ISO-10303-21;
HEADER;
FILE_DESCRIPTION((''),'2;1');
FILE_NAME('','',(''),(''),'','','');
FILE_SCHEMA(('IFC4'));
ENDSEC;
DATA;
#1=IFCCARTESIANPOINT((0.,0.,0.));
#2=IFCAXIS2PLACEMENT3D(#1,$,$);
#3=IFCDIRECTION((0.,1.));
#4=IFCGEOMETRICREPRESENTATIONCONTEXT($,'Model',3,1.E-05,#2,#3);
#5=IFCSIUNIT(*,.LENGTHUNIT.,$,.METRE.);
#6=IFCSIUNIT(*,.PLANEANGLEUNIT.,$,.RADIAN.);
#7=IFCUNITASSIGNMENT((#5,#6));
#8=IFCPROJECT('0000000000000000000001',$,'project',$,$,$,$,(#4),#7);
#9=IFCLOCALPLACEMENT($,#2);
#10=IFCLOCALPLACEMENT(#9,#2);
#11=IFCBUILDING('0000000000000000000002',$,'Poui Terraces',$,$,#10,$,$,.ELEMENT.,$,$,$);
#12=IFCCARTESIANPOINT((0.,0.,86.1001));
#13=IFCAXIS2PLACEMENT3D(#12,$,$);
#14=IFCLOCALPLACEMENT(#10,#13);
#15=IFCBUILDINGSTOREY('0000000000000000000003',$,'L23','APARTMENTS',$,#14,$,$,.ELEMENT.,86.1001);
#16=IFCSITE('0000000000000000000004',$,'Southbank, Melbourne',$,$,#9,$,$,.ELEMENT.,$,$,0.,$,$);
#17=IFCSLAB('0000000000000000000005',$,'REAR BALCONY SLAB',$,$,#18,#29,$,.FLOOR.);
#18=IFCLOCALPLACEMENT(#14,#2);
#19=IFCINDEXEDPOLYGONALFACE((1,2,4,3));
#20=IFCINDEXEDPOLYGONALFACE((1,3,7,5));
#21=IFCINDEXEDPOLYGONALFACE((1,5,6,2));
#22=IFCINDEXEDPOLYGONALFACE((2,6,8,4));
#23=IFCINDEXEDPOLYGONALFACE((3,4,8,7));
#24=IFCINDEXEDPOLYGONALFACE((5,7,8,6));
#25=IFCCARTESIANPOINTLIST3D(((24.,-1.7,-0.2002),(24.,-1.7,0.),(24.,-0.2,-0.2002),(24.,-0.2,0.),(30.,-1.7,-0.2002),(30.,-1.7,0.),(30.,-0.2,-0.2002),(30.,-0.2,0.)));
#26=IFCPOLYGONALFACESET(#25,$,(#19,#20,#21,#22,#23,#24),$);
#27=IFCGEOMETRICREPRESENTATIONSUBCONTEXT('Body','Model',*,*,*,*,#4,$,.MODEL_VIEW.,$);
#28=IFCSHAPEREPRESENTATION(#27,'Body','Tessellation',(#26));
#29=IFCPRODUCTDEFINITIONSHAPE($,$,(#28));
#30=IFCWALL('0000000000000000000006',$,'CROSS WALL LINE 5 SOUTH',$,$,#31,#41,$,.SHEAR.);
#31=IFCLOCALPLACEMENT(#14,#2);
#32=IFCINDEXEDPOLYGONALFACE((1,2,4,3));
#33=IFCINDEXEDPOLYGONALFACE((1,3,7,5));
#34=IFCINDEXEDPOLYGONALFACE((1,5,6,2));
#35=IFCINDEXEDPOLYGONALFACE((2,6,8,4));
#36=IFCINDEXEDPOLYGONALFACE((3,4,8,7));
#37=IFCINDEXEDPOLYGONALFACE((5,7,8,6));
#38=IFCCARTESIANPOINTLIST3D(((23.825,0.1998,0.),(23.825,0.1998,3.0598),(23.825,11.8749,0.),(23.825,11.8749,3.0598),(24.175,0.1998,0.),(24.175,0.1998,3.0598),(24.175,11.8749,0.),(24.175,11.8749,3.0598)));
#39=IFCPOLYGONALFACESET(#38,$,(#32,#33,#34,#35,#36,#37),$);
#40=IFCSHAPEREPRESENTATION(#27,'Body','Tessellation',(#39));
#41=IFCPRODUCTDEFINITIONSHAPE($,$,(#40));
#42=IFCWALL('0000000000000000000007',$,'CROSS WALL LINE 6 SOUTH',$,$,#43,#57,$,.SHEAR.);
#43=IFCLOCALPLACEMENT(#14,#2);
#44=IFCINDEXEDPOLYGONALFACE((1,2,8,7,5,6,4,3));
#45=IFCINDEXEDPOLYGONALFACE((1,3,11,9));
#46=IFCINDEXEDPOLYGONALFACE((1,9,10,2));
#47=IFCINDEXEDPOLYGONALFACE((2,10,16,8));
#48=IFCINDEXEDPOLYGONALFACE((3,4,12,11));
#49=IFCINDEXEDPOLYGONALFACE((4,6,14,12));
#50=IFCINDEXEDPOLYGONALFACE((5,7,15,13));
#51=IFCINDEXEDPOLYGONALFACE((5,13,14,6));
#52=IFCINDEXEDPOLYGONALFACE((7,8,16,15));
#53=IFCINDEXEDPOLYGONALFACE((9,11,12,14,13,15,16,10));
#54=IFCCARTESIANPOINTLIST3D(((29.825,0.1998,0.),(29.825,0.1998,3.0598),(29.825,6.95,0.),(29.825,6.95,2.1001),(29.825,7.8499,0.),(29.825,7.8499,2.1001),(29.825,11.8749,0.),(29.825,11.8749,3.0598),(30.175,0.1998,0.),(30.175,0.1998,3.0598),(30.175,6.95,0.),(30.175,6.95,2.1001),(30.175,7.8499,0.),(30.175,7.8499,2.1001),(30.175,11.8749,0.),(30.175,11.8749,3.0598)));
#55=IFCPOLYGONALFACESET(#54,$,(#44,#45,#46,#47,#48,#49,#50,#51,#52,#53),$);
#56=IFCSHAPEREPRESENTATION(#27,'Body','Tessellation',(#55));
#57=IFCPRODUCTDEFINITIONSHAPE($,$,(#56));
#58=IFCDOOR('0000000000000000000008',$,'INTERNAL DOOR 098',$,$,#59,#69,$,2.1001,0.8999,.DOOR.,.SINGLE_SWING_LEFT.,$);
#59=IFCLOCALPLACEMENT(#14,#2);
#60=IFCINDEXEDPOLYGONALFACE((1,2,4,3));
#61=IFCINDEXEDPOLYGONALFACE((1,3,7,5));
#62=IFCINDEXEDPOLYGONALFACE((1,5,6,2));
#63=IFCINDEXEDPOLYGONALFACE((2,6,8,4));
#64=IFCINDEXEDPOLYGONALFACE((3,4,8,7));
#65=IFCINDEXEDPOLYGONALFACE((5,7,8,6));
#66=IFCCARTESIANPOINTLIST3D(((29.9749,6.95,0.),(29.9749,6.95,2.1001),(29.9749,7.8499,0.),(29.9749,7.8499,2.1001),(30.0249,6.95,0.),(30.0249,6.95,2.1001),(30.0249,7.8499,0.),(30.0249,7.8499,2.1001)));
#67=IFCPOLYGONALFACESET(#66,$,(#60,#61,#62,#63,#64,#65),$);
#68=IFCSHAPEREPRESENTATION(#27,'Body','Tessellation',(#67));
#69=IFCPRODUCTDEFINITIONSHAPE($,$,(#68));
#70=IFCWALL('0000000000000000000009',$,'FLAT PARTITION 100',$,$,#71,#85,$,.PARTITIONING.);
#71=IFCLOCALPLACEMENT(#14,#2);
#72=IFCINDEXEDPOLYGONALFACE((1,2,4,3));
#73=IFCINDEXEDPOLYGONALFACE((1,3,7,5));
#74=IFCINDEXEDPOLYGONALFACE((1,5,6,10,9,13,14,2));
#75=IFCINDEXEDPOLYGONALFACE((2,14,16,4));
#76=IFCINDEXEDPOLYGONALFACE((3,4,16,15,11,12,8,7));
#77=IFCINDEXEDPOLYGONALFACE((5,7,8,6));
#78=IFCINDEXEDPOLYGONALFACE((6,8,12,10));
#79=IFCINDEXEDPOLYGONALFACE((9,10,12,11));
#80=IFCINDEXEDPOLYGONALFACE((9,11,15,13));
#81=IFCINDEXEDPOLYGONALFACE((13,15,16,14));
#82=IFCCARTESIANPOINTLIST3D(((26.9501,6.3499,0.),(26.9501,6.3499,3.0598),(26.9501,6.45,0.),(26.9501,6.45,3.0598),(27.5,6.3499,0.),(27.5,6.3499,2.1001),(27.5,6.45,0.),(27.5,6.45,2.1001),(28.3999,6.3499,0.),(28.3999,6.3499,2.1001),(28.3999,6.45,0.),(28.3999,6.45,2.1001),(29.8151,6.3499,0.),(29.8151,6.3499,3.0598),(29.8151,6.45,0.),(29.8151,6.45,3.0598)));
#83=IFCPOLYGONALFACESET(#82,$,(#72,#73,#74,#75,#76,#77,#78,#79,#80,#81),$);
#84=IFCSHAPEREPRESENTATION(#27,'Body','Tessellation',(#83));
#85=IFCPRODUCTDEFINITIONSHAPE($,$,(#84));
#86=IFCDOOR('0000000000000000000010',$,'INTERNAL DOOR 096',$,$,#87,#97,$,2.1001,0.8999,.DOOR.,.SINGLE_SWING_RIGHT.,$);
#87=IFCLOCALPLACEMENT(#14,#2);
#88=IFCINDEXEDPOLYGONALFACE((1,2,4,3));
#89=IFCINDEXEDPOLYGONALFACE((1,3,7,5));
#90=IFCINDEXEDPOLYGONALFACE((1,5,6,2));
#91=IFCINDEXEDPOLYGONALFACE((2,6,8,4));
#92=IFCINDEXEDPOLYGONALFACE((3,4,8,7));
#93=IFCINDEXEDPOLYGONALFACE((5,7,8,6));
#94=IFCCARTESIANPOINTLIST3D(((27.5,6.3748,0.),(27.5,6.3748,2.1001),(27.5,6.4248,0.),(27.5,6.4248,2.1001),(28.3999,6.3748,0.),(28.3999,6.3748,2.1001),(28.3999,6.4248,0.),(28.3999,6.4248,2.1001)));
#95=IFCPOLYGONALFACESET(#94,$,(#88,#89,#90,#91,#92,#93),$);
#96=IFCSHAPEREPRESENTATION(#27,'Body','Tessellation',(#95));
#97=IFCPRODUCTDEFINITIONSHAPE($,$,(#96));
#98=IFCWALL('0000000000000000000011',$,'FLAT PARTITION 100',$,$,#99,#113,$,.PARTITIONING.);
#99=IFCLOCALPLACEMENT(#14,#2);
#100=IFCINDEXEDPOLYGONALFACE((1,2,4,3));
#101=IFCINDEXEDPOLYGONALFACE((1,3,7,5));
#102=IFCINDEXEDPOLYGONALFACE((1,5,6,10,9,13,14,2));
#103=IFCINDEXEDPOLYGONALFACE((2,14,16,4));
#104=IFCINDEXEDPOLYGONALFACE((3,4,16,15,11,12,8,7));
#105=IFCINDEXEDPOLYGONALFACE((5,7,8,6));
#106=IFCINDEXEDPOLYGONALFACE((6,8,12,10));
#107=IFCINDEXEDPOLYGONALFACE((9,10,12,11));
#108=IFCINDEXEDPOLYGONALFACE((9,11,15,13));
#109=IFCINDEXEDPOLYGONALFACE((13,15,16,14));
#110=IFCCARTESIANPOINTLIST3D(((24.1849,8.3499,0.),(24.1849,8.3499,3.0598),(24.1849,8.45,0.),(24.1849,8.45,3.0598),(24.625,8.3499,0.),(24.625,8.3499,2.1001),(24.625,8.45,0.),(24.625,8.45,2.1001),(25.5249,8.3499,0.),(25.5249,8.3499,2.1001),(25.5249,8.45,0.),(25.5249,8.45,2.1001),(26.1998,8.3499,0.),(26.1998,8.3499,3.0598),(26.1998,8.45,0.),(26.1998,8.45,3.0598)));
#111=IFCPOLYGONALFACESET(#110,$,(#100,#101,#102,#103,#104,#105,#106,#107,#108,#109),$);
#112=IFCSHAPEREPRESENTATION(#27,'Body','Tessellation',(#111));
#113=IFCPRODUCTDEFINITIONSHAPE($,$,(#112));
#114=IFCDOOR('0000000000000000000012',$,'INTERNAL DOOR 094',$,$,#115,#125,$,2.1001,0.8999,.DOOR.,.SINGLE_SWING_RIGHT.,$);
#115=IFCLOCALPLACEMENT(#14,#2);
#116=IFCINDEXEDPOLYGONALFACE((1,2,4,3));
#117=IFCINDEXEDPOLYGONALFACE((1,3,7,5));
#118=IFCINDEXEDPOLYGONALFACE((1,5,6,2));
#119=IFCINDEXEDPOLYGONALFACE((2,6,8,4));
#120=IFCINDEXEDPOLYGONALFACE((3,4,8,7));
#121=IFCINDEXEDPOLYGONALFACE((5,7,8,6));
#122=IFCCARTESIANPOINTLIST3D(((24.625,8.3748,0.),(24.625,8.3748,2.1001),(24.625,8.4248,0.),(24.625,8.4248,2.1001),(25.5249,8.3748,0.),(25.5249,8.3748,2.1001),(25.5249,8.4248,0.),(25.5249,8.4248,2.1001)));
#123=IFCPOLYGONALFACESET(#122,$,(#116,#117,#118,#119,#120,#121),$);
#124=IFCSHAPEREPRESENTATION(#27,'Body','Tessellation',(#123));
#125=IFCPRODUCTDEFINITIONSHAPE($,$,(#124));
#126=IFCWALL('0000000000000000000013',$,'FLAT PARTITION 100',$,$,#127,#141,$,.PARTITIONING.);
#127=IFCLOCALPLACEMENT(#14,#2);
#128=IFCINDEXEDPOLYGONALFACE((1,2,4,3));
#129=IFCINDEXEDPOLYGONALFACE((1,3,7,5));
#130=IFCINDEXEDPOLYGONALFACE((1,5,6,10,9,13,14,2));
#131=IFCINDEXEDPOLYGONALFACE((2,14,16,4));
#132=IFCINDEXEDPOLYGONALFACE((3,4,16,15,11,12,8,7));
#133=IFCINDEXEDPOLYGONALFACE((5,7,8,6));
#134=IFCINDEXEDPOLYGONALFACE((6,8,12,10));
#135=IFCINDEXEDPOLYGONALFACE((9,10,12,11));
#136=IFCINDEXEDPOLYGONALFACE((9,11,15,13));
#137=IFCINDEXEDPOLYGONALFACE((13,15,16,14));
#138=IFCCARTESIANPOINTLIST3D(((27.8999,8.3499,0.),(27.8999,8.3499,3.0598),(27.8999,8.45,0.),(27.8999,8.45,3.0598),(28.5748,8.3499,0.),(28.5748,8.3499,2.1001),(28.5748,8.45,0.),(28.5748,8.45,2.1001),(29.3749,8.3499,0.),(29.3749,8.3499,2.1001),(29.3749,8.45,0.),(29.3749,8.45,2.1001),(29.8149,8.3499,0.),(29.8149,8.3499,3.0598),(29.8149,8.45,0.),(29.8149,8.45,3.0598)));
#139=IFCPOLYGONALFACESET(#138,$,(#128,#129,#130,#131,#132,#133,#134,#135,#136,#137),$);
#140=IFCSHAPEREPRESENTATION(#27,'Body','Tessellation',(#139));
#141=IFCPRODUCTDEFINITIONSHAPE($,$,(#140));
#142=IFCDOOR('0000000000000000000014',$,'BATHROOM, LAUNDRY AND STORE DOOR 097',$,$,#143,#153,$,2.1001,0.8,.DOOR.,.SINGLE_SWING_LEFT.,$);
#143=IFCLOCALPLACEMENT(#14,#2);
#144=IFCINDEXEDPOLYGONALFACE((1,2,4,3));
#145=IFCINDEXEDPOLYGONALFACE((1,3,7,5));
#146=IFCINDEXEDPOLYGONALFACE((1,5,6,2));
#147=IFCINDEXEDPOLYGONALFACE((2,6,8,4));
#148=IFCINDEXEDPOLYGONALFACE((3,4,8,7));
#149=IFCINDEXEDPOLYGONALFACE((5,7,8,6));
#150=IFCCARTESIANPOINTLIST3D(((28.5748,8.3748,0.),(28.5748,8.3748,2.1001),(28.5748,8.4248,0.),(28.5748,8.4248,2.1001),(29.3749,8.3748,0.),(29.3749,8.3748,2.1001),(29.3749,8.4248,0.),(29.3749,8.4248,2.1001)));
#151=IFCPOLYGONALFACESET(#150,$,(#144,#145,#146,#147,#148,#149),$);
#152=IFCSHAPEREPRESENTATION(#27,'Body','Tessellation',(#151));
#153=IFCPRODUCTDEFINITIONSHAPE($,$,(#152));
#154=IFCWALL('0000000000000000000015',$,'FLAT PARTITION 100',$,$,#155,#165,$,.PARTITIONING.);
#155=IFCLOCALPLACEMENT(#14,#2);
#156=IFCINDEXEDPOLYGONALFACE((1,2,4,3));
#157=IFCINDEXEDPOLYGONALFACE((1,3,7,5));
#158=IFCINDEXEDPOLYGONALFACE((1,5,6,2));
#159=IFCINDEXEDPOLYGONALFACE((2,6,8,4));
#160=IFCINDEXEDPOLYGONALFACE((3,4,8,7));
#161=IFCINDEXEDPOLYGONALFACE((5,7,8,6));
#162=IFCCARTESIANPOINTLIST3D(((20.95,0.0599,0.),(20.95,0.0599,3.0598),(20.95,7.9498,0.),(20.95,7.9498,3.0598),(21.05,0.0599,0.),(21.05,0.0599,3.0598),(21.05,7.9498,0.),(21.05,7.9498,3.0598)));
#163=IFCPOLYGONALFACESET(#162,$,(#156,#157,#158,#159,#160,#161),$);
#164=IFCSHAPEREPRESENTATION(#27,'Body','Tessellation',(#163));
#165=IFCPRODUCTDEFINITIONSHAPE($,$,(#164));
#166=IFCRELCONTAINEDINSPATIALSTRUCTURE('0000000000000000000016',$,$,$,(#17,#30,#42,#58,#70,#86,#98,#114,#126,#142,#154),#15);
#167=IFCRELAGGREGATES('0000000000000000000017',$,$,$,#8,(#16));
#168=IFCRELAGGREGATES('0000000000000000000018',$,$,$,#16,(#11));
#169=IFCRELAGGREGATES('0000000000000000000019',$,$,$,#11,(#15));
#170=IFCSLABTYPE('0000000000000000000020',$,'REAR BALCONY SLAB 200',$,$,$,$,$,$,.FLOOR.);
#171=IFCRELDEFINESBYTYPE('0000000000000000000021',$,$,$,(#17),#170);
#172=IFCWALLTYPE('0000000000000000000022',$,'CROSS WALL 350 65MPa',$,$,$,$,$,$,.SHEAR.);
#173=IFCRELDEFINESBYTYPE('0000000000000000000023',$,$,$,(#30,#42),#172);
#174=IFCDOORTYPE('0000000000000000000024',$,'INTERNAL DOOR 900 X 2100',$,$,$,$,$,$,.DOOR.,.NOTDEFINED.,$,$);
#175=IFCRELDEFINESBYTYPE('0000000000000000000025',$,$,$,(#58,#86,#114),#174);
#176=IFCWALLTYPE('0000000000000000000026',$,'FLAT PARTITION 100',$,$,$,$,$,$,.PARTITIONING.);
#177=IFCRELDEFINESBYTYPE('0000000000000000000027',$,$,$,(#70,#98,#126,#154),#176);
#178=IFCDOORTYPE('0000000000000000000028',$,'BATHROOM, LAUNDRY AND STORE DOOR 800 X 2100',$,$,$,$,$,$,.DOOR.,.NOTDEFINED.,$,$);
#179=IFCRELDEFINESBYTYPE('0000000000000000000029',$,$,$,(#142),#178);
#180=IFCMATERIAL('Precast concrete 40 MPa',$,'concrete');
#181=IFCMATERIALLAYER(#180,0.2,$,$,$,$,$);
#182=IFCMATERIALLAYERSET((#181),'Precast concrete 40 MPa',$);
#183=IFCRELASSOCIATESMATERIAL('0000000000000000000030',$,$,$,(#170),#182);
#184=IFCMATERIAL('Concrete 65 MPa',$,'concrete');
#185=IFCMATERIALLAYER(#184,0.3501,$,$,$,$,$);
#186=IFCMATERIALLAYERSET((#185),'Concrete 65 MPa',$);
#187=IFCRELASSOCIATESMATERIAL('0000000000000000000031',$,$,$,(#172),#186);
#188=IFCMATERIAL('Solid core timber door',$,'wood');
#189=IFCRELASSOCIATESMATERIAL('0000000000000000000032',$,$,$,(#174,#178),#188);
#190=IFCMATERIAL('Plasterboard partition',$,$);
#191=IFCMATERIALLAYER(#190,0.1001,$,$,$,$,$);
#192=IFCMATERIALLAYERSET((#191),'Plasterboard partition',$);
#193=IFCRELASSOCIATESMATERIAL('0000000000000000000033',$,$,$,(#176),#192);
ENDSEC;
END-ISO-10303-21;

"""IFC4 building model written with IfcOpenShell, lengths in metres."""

from ifc_helpers import new_model, si_unit, direction, frame, frame_2d, origin, place, context, subcontext, project, spatial, polyline, rectangle, outline, extrude, source, transform, mapped, material, layer, layer_set, type_object, element, fill, save


model = new_model("IFC4")

# Units and contexts
model_context = context("Model", 3, precision=1e-05, world=origin(), true_north=direction((0.0, 1.0)))
body_context = subcontext(model_context, "Body", "Model", "MODEL_VIEW")
ifc_project = project(units=[si_unit("LENGTHUNIT", "METRE"), si_unit("PLANEANGLEUNIT", "RADIAN")], contexts=[model_context])

# Site, building, storey
site_placement = place(None, origin())
site = spatial("IfcSite", under=ifc_project, at=site_placement, Name="Southbank, Melbourne", CompositionType="ELEMENT", RefElevation=0.0)
building_placement = place(site_placement, origin())
building = spatial("IfcBuilding", under=site, at=building_placement, Name="Poui Terraces", CompositionType="ELEMENT")
storey_placement = place(building_placement, frame((0.0, 0.0, 86.1001)))
storey = spatial("IfcBuildingStorey", under=building, at=storey_placement, Name="L23", Description="APARTMENTS", CompositionType="ELEMENT", Elevation=86.1001)

# Slab
ifc_material_1 = material(Name="Precast concrete 40 MPa", Category="concrete")
ifc_layer_1 = layer(ifc_material_1, 0.2)
ifc_layer_set_1 = layer_set([ifc_layer_1], Name="Precast concrete 40 MPa")
slab_type = type_object("IfcSlabType", Name="REAR BALCONY SLAB 200", PredefinedType="FLOOR", material=ifc_layer_set_1)
shared_shape_1 = source(origin(), body_context, "Body", "SweptSolid", [
    extrude(outline(polyline([(0.0, 0.0), (6.0, 0.0), (6.0, 1.5), (0.0, 1.5), (0.0, 0.0)])), origin(), (0.0, 0.0, 1.0), 0.2002),
])
slab_placement = place(storey_placement, frame((24.0, -1.7, -0.2002)))
element("IfcSlab", 1, at=slab_placement, inside=storey, type_object=slab_type, Name="REAR BALCONY SLAB", PredefinedType="FLOOR", context=body_context, shape_type="MappedRepresentation", body=[
    mapped(shared_shape_1, transform((0.0, 0.0, 0.0))),
])

# Wall
ifc_material_2 = material(Name="Concrete 65 MPa", Category="concrete")
ifc_layer_2 = layer(ifc_material_2, 0.3501)
ifc_layer_set_2 = layer_set([ifc_layer_2], Name="Concrete 65 MPa")
wall_type_1 = type_object("IfcWallType", Name="CROSS WALL 350 65MPa", PredefinedType="SHEAR", material=ifc_layer_set_2)
wall_1_placement = place(storey_placement, frame((24.0, 0.2, 0.0), z_axis=(0.0, 0.0, 1.0), x_axis=(0.0, 1.0, 0.0)))
element("IfcWall", 2, at=wall_1_placement, inside=storey, type_object=wall_type_1, Name="CROSS WALL LINE 5 SOUTH", PredefinedType="SHEAR", context=body_context, shape_type="SweptSolid", body=[
    extrude(rectangle(XDim=11.675, YDim=0.3501, at=frame_2d((5.8374, 0.0))), origin(), (0.0, 0.0, 1.0), 3.0598),
])

# Walls, openings, doors
wall_2_placement = place(storey_placement, frame((30.0, 0.2, 0.0), z_axis=(0.0, 0.0, 1.0), x_axis=(0.0, 1.0, 0.0)))
wall_2 = element("IfcWall", 3, at=wall_2_placement, inside=storey, type_object=wall_type_1, Name="CROSS WALL LINE 6 SOUTH", PredefinedType="SHEAR", context=body_context, shape_type="SweptSolid", body=[
    extrude(rectangle(XDim=11.675, YDim=0.3501, at=frame_2d((5.8374, 0.0))), origin(), (0.0, 0.0, 1.0), 3.0598),
])
opening_1_placement = place(wall_2_placement, frame((6.75, 0.0, 0.0)))
opening_1 = element("IfcOpeningElement", 4, at=opening_1_placement, cuts=wall_2, PredefinedType="OPENING", context=body_context, shape_type="SweptSolid", body=[
    extrude(rectangle(XDim=0.8999, YDim=2.1001, at=frame_2d((0.45, 1.05))), frame((0.0, 0.1851, 0.0), z_axis=(0.0, -1.0, 0.0), x_axis=(1.0, 0.0, 0.0)), (0.0, 0.0, 1.0), 0.3701),
])
ifc_material_3 = material(Name="Solid core timber door", Category="wood")
door_type_1 = type_object("IfcDoorType", Name="INTERNAL DOOR 900 X 2100", OperationType="NOTDEFINED", PredefinedType="DOOR", material=ifc_material_3)
door_1_placement = place(opening_1_placement, frame((0.8999, 0.0, 0.0), z_axis=(0.0, 0.0, 1.0), x_axis=(-1.0, 0.0, 0.0)))
door_1 = element("IfcDoor", 5, at=door_1_placement, inside=storey, type_object=door_type_1, Name="INTERNAL DOOR 098", OperationType="SINGLE_SWING_LEFT", OverallHeight=2.1001, OverallWidth=0.8999, PredefinedType="DOOR", context=body_context, shape_type="SweptSolid", body=[
    extrude(rectangle(XDim=0.8999, YDim=2.1001, at=frame_2d((0.45, 1.05))), frame((0.0, 0.0249, 0.0), z_axis=(0.0, -1.0, 0.0), x_axis=(1.0, 0.0, 0.0)), (0.0, 0.0, 1.0), 0.05),
])
fill(opening_1, door_1)
ifc_material_4 = material(Name="Plasterboard partition")
ifc_layer_3 = layer(ifc_material_4, 0.1001)
ifc_layer_set_3 = layer_set([ifc_layer_3], Name="Plasterboard partition")
wall_type_2 = type_object("IfcWallType", Name="FLAT PARTITION 100", PredefinedType="PARTITIONING", material=ifc_layer_set_3)
wall_3_placement = place(storey_placement, frame((26.95, 6.3999, 0.0), z_axis=(0.0, 0.0, 1.0), x_axis=(1.0, 0.0, 0.0)))
wall_3 = element("IfcWall", 6, at=wall_3_placement, inside=storey, type_object=wall_type_2, Name="FLAT PARTITION 100", PredefinedType="PARTITIONING", context=body_context, shape_type="SweptSolid", body=[
    extrude(rectangle(XDim=2.865, YDim=0.1001, at=frame_2d((1.4326, 0.0))), origin(), (0.0, 0.0, 1.0), 3.0598),
])
opening_2_placement = place(wall_3_placement, frame((0.55, 0.0, 0.0)))
opening_2 = element("IfcOpeningElement", 7, at=opening_2_placement, cuts=wall_3, PredefinedType="OPENING", context=body_context, shape_type="SweptSolid", body=[
    extrude(rectangle(XDim=0.8999, YDim=2.1001, at=frame_2d((0.45, 1.05))), frame((0.0, 0.0601, 0.0), z_axis=(0.0, -1.0, 0.0), x_axis=(1.0, 0.0, 0.0)), (0.0, 0.0, 1.0), 0.1201),
])
door_2_placement = place(opening_2_placement, origin())
door_2 = element("IfcDoor", 8, at=door_2_placement, inside=storey, type_object=door_type_1, Name="INTERNAL DOOR 096", OperationType="SINGLE_SWING_RIGHT", OverallHeight=2.1001, OverallWidth=0.8999, PredefinedType="DOOR", context=body_context, shape_type="SweptSolid", body=[
    extrude(rectangle(XDim=0.8999, YDim=2.1001, at=frame_2d((0.45, 1.05))), frame((0.0, 0.0249, 0.0), z_axis=(0.0, -1.0, 0.0), x_axis=(1.0, 0.0, 0.0)), (0.0, 0.0, 1.0), 0.05),
])
fill(opening_2, door_2)
wall_4_placement = place(storey_placement, frame((24.1851, 8.3999, 0.0), z_axis=(0.0, 0.0, 1.0), x_axis=(1.0, 0.0, 0.0)))
wall_4 = element("IfcWall", 9, at=wall_4_placement, inside=storey, type_object=wall_type_2, Name="FLAT PARTITION 100", PredefinedType="PARTITIONING", context=body_context, shape_type="SweptSolid", body=[
    extrude(rectangle(XDim=2.0149, YDim=0.1001, at=frame_2d((1.0073, 0.0))), origin(), (0.0, 0.0, 1.0), 3.0598),
])
opening_3_placement = place(wall_4_placement, frame((0.4399, 0.0, 0.0)))
opening_3 = element("IfcOpeningElement", 10, at=opening_3_placement, cuts=wall_4, PredefinedType="OPENING", context=body_context, shape_type="SweptSolid", body=[
    extrude(rectangle(XDim=0.8999, YDim=2.1001, at=frame_2d((0.45, 1.05))), frame((0.0, 0.0601, 0.0), z_axis=(0.0, -1.0, 0.0), x_axis=(1.0, 0.0, 0.0)), (0.0, 0.0, 1.0), 0.1201),
])
door_3_placement = place(opening_3_placement, origin())
door_3 = element("IfcDoor", 11, at=door_3_placement, inside=storey, type_object=door_type_1, Name="INTERNAL DOOR 094", OperationType="SINGLE_SWING_RIGHT", OverallHeight=2.1001, OverallWidth=0.8999, PredefinedType="DOOR", context=body_context, shape_type="SweptSolid", body=[
    extrude(rectangle(XDim=0.8999, YDim=2.1001, at=frame_2d((0.45, 1.05))), frame((0.0, 0.0249, 0.0), z_axis=(0.0, -1.0, 0.0), x_axis=(1.0, 0.0, 0.0)), (0.0, 0.0, 1.0), 0.05),
])
fill(opening_3, door_3)
wall_5_placement = place(storey_placement, frame((27.8999, 8.3999, 0.0), z_axis=(0.0, 0.0, 1.0), x_axis=(1.0, 0.0, 0.0)))
wall_5 = element("IfcWall", 12, at=wall_5_placement, inside=storey, type_object=wall_type_2, Name="FLAT PARTITION 100", PredefinedType="PARTITIONING", context=body_context, shape_type="SweptSolid", body=[
    extrude(rectangle(XDim=1.915, YDim=0.1001, at=frame_2d((0.9575, 0.0))), origin(), (0.0, 0.0, 1.0), 3.0598),
])
opening_4_placement = place(wall_5_placement, frame((0.675, 0.0, 0.0)))
opening_4 = element("IfcOpeningElement", 13, at=opening_4_placement, cuts=wall_5, PredefinedType="OPENING", context=body_context, shape_type="SweptSolid", body=[
    extrude(rectangle(XDim=0.8, YDim=2.1001, at=frame_2d((0.3999, 1.05))), frame((0.0, 0.0601, 0.0), z_axis=(0.0, -1.0, 0.0), x_axis=(1.0, 0.0, 0.0)), (0.0, 0.0, 1.0), 0.1201),
])
door_type_2 = type_object("IfcDoorType", Name="BATHROOM, LAUNDRY AND STORE DOOR 800 X 2100", OperationType="NOTDEFINED", PredefinedType="DOOR", material=ifc_material_3)
door_4_placement = place(opening_4_placement, origin())
door_4 = element("IfcDoor", 14, at=door_4_placement, inside=storey, type_object=door_type_2, Name="BATHROOM, LAUNDRY AND STORE DOOR 097", OperationType="SINGLE_SWING_LEFT", OverallHeight=2.1001, OverallWidth=0.8, PredefinedType="DOOR", context=body_context, shape_type="SweptSolid", body=[
    extrude(rectangle(XDim=0.8, YDim=2.1001, at=frame_2d((0.3999, 1.05))), frame((0.0, 0.0249, 0.0), z_axis=(0.0, -1.0, 0.0), x_axis=(1.0, 0.0, 0.0)), (0.0, 0.0, 1.0), 0.05),
])
fill(opening_4, door_4)

# Wall
wall_6_placement = place(storey_placement, frame((21.0, 0.0601, 0.0), z_axis=(0.0, 0.0, 1.0), x_axis=(0.0, 1.0, 0.0)))
element("IfcWall", 15, at=wall_6_placement, inside=storey, type_object=wall_type_2, Name="FLAT PARTITION 100", PredefinedType="PARTITIONING", context=body_context, shape_type="SweptSolid", body=[
    extrude(rectangle(XDim=7.8899, YDim=0.1001, at=frame_2d((3.9448, 0.0))), origin(), (0.0, 0.0, 1.0), 3.0598),
])

save(model, "model.ifc")
